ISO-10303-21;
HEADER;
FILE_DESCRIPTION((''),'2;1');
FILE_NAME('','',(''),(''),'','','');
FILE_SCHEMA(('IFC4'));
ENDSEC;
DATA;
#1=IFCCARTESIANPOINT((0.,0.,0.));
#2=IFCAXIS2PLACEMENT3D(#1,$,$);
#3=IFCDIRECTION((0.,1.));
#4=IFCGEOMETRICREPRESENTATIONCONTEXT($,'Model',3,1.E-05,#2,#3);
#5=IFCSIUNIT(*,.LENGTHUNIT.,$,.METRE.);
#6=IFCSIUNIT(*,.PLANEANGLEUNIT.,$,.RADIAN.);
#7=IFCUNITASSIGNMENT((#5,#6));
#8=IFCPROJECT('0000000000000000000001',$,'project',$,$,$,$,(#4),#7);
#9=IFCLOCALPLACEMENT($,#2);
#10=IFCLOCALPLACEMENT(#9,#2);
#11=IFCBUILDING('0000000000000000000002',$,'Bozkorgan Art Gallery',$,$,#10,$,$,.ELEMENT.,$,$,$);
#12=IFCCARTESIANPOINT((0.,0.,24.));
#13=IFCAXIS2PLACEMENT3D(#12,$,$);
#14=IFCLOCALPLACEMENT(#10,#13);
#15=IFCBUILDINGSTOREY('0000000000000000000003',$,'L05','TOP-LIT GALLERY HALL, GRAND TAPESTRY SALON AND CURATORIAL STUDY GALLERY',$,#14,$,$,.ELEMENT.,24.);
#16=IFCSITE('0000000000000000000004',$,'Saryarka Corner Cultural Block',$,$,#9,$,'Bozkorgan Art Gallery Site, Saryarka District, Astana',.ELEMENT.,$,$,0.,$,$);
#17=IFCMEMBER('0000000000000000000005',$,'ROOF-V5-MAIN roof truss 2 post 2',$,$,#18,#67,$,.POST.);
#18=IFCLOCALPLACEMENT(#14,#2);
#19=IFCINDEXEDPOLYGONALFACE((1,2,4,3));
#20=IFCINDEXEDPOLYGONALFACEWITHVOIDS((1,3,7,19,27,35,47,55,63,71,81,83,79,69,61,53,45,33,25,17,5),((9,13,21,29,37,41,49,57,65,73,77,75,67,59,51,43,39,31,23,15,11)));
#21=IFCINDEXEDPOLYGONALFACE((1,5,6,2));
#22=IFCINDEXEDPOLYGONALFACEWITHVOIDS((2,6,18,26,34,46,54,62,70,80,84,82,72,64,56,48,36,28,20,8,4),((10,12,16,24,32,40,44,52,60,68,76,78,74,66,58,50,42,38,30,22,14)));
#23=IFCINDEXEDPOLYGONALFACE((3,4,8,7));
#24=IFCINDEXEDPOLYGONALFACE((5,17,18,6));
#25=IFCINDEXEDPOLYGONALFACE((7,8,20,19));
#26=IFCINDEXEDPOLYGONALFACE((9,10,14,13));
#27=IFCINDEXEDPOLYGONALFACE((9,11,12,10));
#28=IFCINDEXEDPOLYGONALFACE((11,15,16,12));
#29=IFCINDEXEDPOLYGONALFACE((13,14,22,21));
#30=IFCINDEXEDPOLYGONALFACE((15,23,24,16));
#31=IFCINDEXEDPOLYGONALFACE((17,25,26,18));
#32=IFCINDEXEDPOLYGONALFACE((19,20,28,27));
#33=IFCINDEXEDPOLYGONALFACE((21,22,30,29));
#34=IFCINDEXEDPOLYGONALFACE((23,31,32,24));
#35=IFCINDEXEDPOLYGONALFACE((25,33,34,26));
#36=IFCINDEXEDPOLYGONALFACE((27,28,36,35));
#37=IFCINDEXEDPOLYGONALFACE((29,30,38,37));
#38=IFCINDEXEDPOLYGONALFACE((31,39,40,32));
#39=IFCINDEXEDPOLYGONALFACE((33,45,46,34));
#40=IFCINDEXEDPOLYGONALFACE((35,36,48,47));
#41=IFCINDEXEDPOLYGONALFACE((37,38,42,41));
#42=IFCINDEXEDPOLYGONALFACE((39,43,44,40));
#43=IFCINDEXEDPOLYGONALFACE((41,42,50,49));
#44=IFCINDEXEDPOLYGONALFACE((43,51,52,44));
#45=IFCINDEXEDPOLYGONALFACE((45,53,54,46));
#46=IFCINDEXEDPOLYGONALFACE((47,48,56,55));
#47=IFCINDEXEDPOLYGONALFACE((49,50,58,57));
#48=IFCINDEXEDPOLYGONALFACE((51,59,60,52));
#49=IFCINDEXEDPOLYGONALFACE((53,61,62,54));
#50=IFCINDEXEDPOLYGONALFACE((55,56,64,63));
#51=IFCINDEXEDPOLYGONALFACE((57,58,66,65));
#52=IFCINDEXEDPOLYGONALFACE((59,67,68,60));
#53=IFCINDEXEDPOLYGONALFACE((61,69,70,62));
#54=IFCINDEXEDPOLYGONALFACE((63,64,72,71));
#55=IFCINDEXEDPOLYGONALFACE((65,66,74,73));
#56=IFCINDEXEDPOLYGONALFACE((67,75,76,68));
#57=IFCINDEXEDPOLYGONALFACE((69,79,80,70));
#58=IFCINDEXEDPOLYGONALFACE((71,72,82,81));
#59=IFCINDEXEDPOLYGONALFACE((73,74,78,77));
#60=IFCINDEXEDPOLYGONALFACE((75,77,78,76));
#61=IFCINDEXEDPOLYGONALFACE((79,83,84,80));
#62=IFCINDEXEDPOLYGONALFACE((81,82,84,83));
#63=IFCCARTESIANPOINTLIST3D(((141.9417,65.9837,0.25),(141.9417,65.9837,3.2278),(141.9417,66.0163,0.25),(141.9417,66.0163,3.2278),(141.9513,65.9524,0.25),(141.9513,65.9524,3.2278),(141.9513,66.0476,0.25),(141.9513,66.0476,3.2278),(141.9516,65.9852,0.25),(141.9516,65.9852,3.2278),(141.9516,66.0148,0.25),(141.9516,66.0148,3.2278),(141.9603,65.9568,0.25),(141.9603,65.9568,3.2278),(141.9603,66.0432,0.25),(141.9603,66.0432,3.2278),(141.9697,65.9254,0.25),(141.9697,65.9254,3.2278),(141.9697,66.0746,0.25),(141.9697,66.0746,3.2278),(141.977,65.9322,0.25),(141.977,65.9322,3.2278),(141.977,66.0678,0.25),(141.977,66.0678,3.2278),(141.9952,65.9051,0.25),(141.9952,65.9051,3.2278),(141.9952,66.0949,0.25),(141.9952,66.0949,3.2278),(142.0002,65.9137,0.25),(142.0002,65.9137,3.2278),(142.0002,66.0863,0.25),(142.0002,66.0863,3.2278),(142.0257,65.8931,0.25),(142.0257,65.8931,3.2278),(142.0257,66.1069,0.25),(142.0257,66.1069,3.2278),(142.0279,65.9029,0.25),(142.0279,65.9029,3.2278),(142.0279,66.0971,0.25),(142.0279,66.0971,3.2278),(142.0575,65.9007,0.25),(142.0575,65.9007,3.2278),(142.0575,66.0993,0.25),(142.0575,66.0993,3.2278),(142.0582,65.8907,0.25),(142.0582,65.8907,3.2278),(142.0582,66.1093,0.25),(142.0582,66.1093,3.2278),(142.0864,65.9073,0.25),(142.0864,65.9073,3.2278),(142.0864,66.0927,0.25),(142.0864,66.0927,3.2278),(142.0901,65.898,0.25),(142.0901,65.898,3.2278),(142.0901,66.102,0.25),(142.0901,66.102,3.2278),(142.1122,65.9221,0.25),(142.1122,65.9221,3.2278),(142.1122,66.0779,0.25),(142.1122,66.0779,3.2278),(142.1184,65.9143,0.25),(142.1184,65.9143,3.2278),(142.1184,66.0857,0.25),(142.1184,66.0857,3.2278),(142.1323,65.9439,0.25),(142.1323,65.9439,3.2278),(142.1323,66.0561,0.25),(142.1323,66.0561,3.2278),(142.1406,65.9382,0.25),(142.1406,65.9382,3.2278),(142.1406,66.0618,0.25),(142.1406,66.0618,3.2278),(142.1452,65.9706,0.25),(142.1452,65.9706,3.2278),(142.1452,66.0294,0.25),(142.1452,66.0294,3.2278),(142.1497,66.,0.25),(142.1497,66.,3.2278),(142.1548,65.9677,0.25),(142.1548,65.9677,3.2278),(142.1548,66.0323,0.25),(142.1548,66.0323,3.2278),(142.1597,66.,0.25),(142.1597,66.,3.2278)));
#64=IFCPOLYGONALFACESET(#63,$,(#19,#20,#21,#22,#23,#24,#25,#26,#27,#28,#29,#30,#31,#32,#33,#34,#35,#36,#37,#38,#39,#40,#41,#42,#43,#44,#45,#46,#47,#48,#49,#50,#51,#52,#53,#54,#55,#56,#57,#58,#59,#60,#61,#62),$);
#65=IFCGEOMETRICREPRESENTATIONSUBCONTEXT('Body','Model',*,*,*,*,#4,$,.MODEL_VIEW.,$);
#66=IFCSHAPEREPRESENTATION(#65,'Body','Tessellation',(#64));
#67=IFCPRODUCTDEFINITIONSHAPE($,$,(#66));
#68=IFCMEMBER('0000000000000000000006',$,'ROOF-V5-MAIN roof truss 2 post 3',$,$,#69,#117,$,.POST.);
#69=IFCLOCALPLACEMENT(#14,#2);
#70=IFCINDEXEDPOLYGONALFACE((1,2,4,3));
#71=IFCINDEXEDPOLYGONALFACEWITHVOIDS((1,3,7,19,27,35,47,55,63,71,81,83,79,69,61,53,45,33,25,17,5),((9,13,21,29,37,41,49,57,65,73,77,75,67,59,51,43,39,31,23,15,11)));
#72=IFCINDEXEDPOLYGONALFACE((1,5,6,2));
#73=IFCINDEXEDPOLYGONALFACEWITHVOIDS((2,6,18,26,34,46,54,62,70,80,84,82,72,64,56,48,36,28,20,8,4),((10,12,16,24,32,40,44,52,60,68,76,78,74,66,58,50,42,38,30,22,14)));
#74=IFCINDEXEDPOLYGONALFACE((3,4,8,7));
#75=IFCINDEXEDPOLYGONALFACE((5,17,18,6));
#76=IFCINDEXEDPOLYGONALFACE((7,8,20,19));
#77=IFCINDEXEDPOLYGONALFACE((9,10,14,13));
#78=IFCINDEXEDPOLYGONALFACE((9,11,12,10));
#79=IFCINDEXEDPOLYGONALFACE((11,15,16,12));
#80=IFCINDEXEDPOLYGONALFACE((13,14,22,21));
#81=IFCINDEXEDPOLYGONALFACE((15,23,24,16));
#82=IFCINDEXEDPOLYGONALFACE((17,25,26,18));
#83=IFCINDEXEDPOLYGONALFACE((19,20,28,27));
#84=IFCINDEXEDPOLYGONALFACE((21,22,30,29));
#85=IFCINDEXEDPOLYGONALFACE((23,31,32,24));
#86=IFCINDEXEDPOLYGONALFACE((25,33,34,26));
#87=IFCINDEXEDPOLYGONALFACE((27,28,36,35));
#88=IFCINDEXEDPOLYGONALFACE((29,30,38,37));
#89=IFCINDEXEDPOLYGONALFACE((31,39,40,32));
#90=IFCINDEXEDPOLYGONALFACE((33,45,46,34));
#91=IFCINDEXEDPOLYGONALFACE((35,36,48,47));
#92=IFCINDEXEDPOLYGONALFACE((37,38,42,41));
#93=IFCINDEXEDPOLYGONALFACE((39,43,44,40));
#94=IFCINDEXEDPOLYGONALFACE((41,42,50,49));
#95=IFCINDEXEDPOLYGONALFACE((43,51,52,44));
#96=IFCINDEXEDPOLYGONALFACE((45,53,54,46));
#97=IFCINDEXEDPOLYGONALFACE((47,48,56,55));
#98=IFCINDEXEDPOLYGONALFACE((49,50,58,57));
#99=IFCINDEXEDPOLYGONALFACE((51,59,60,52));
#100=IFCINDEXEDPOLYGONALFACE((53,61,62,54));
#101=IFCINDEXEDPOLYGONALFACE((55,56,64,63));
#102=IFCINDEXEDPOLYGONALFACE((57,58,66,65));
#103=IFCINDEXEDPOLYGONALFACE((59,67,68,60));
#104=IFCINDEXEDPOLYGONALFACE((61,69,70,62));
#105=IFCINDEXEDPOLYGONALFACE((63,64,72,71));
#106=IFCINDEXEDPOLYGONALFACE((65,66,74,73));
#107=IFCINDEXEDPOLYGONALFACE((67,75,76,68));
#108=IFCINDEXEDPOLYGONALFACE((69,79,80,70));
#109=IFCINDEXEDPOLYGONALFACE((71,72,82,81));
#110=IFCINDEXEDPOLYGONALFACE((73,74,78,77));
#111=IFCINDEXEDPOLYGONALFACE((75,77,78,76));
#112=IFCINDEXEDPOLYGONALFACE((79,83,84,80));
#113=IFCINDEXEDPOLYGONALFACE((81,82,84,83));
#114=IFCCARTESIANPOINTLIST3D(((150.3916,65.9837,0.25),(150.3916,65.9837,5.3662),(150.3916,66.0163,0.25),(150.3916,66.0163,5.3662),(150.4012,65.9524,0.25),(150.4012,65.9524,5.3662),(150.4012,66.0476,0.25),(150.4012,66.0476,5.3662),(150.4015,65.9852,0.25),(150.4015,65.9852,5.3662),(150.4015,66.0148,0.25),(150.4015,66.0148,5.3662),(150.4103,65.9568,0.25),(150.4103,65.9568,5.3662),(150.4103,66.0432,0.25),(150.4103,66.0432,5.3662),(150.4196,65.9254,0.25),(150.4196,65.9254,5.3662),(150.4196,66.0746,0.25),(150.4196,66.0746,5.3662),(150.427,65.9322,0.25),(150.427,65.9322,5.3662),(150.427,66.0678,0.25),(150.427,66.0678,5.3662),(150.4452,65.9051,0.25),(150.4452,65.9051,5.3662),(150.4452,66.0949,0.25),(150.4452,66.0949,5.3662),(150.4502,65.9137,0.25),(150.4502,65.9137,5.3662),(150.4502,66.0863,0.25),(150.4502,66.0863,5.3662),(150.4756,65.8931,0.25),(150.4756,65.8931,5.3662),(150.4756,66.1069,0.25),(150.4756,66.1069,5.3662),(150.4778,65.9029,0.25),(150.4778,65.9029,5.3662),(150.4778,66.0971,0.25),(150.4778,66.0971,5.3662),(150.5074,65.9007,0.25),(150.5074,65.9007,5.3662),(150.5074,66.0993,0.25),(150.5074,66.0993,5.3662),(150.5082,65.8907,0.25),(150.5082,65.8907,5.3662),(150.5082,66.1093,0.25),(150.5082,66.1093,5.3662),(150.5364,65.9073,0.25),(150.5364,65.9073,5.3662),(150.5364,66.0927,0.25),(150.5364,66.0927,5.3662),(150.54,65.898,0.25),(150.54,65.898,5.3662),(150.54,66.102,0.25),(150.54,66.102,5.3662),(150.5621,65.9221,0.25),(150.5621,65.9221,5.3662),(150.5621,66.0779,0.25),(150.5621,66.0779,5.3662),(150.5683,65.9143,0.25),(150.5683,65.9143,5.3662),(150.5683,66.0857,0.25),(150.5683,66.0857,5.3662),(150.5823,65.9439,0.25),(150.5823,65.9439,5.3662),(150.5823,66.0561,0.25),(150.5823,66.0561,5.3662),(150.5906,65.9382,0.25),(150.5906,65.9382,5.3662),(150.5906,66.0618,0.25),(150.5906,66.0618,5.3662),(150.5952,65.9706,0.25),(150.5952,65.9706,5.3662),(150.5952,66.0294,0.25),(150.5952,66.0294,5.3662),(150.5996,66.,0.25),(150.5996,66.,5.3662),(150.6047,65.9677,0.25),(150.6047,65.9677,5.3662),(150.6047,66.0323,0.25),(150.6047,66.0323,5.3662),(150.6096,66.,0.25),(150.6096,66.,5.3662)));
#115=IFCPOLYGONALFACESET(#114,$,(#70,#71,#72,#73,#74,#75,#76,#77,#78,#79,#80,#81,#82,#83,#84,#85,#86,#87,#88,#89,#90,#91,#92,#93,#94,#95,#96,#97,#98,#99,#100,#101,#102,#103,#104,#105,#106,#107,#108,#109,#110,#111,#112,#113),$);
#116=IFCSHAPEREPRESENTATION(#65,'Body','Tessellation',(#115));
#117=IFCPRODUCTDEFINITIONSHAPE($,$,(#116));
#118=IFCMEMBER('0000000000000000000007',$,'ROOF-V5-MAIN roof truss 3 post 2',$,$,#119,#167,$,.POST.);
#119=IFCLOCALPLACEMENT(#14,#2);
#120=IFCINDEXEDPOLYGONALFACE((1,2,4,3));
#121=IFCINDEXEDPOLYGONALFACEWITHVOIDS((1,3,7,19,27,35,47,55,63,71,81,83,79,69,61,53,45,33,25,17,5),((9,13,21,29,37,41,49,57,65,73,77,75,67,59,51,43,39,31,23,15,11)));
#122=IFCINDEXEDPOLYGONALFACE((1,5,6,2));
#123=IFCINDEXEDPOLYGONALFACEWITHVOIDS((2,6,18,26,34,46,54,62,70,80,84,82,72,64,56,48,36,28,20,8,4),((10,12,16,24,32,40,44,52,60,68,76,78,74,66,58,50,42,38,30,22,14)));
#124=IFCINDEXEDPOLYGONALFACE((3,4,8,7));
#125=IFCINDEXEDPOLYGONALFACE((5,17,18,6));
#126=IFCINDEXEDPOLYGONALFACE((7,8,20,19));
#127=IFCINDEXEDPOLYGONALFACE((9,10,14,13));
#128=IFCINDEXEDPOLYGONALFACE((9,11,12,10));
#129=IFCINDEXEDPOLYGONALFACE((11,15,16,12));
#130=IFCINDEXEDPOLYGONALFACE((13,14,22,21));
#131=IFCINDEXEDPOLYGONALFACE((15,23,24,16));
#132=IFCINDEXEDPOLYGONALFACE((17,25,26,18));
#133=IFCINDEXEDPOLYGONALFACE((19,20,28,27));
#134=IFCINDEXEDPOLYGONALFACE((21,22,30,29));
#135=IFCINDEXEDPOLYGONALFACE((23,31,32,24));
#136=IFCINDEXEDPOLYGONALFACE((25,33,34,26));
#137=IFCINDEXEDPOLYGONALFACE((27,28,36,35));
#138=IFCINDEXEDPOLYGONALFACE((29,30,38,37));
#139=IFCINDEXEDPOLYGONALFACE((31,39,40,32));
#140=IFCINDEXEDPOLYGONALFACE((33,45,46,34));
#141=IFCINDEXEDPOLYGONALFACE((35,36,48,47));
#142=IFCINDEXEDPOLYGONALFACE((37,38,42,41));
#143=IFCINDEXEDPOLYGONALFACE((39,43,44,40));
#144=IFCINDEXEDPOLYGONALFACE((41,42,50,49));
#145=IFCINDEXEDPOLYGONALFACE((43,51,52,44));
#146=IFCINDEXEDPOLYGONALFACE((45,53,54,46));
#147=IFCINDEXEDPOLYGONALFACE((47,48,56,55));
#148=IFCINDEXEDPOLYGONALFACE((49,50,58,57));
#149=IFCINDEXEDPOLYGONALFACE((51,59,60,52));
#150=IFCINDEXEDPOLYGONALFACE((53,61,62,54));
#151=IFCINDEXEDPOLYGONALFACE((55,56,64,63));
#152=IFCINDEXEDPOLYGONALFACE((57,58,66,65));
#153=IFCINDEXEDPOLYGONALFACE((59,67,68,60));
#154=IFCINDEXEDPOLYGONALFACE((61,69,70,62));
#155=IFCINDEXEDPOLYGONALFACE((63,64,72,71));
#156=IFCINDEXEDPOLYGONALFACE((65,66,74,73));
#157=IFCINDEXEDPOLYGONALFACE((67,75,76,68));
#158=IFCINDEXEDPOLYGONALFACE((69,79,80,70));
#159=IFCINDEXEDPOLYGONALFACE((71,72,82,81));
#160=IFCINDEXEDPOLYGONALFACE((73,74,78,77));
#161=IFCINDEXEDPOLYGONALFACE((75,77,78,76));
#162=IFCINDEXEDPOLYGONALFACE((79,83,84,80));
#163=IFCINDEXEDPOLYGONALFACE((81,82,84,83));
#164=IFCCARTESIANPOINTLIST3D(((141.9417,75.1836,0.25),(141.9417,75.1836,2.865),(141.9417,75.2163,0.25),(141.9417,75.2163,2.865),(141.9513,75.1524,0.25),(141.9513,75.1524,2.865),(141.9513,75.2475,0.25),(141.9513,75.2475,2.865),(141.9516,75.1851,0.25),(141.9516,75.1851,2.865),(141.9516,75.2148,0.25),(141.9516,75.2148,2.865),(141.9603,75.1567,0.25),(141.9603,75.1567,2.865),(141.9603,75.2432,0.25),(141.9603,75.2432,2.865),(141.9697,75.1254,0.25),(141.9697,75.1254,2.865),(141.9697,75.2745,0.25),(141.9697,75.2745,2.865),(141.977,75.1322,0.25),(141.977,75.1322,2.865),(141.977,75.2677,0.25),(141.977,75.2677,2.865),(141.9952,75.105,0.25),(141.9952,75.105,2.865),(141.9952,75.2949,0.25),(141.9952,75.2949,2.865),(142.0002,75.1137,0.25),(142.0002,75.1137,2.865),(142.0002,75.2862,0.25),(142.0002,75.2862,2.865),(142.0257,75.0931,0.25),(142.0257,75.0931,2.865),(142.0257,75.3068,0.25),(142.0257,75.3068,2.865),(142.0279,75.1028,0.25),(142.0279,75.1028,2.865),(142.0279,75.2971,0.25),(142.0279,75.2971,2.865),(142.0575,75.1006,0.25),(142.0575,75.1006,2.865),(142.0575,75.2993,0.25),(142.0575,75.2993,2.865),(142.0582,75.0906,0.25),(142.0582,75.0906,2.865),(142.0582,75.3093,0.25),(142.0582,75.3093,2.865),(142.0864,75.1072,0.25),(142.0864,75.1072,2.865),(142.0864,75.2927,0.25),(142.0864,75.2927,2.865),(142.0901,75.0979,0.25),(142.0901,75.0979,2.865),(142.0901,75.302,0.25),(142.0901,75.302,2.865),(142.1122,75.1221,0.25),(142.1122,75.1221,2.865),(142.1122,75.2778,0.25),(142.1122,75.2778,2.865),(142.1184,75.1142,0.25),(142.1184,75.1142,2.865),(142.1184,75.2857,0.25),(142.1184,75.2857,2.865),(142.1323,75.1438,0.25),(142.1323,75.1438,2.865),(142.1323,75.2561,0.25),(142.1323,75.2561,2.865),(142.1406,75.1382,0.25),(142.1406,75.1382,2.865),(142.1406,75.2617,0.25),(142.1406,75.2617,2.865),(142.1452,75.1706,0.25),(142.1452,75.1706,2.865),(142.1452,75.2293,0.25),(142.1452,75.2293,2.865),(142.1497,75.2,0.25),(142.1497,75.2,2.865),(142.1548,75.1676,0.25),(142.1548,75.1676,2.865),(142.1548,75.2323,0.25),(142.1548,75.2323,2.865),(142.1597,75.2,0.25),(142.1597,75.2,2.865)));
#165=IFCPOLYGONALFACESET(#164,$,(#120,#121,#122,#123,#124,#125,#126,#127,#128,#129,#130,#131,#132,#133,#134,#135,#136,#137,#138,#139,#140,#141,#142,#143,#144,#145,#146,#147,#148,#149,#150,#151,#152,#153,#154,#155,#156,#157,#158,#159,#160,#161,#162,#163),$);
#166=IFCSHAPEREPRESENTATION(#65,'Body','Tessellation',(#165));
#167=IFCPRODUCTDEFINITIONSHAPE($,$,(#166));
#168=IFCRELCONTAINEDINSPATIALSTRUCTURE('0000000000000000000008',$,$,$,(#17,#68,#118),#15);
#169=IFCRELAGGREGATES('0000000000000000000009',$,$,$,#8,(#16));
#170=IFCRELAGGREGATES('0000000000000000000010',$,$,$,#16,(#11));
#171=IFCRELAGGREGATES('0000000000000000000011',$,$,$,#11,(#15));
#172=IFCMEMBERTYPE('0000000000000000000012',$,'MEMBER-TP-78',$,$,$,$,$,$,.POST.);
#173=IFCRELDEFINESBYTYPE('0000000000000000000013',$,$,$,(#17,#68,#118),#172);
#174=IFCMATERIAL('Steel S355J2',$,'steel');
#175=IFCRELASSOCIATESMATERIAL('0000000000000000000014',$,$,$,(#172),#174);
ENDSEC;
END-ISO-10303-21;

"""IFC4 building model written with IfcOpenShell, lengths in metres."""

from ifc_helpers import new_model, si_unit, direction, frame, origin, origin_2d, place, context, subcontext, project, spatial, hollow_circle, extrude, material, material_profile, profile_set, type_object, element, save


model = new_model("IFC4")

# Units and contexts
model_context = context("Model", 3, precision=1e-05, world=origin(), true_north=direction((0.0, 1.0)))
body_context = subcontext(model_context, "Body", "Model", "MODEL_VIEW")
ifc_project = project(units=[si_unit("LENGTHUNIT", "METRE"), si_unit("PLANEANGLEUNIT", "RADIAN")], contexts=[model_context])

# Site, building, storey
site_placement = place(None, origin())
site = spatial("IfcSite", under=ifc_project, at=site_placement, Name="Saryarka Corner Cultural Block", LongName="Bozkorgan Art Gallery Site, Saryarka District, Astana", CompositionType="ELEMENT", RefElevation=0.0)
building_placement = place(site_placement, origin())
building = spatial("IfcBuilding", under=site, at=building_placement, Name="Bozkorgan Art Gallery", CompositionType="ELEMENT")
storey_placement = place(building_placement, frame((0.0, 0.0, 24.0)))
storey = spatial("IfcBuildingStorey", under=building, at=storey_placement, Name="L05", Description="TOP-LIT GALLERY HALL, GRAND TAPESTRY SALON AND CURATORIAL STUDY GALLERY", CompositionType="ELEMENT", Elevation=24.0)

# Shared definitions
ifc_material = material(Name="Steel S355J2", Category="steel")

# Members
ifc_material_profile_1 = material_profile(ifc_material, hollow_circle(Radius=0.1096, WallThickness=0.01, at=origin_2d()), Name="CHS 219.1x10")
ifc_profile_set_1 = profile_set([ifc_material_profile_1], Name="Steel S355J2")
member_type_1 = type_object("IfcMemberType", Name="MEMBER-TP-78", PredefinedType="POST", material=ifc_profile_set_1)
member_1_placement = place(storey_placement, frame((142.05, 66.0, 0.25), z_axis=(0.0, 0.0, 1.0), x_axis=(1.0, 0.0, 0.0)))
element("IfcMember", 1, at=member_1_placement, inside=storey, type_object=member_type_1, Name="ROOF-V5-MAIN roof truss 2 post 2", PredefinedType="POST", context=body_context, shape_type="SweptSolid", body=[
    extrude(hollow_circle(Radius=0.1096, WallThickness=0.01, at=origin_2d()), origin(), (0.0, 0.0, 1.0), 2.9778),
])
member_2_placement = place(storey_placement, frame((150.5, 66.0, 0.25), z_axis=(0.0, 0.0, 1.0), x_axis=(1.0, 0.0, 0.0)))
element("IfcMember", 2, at=member_2_placement, inside=storey, type_object=member_type_1, Name="ROOF-V5-MAIN roof truss 2 post 3", PredefinedType="POST", context=body_context, shape_type="SweptSolid", body=[
    extrude(hollow_circle(Radius=0.1096, WallThickness=0.01, at=origin_2d()), origin(), (0.0, 0.0, 1.0), 5.1162),
])
member_3_placement = place(storey_placement, frame((142.05, 75.2, 0.25), z_axis=(0.0, 0.0, 1.0), x_axis=(1.0, 0.0, 0.0)))
element("IfcMember", 3, at=member_3_placement, inside=storey, type_object=member_type_1, Name="ROOF-V5-MAIN roof truss 3 post 2", PredefinedType="POST", context=body_context, shape_type="SweptSolid", body=[
    extrude(hollow_circle(Radius=0.1096, WallThickness=0.01, at=origin_2d()), origin(), (0.0, 0.0, 1.0), 2.615),
])

save(model, "model.ifc")
